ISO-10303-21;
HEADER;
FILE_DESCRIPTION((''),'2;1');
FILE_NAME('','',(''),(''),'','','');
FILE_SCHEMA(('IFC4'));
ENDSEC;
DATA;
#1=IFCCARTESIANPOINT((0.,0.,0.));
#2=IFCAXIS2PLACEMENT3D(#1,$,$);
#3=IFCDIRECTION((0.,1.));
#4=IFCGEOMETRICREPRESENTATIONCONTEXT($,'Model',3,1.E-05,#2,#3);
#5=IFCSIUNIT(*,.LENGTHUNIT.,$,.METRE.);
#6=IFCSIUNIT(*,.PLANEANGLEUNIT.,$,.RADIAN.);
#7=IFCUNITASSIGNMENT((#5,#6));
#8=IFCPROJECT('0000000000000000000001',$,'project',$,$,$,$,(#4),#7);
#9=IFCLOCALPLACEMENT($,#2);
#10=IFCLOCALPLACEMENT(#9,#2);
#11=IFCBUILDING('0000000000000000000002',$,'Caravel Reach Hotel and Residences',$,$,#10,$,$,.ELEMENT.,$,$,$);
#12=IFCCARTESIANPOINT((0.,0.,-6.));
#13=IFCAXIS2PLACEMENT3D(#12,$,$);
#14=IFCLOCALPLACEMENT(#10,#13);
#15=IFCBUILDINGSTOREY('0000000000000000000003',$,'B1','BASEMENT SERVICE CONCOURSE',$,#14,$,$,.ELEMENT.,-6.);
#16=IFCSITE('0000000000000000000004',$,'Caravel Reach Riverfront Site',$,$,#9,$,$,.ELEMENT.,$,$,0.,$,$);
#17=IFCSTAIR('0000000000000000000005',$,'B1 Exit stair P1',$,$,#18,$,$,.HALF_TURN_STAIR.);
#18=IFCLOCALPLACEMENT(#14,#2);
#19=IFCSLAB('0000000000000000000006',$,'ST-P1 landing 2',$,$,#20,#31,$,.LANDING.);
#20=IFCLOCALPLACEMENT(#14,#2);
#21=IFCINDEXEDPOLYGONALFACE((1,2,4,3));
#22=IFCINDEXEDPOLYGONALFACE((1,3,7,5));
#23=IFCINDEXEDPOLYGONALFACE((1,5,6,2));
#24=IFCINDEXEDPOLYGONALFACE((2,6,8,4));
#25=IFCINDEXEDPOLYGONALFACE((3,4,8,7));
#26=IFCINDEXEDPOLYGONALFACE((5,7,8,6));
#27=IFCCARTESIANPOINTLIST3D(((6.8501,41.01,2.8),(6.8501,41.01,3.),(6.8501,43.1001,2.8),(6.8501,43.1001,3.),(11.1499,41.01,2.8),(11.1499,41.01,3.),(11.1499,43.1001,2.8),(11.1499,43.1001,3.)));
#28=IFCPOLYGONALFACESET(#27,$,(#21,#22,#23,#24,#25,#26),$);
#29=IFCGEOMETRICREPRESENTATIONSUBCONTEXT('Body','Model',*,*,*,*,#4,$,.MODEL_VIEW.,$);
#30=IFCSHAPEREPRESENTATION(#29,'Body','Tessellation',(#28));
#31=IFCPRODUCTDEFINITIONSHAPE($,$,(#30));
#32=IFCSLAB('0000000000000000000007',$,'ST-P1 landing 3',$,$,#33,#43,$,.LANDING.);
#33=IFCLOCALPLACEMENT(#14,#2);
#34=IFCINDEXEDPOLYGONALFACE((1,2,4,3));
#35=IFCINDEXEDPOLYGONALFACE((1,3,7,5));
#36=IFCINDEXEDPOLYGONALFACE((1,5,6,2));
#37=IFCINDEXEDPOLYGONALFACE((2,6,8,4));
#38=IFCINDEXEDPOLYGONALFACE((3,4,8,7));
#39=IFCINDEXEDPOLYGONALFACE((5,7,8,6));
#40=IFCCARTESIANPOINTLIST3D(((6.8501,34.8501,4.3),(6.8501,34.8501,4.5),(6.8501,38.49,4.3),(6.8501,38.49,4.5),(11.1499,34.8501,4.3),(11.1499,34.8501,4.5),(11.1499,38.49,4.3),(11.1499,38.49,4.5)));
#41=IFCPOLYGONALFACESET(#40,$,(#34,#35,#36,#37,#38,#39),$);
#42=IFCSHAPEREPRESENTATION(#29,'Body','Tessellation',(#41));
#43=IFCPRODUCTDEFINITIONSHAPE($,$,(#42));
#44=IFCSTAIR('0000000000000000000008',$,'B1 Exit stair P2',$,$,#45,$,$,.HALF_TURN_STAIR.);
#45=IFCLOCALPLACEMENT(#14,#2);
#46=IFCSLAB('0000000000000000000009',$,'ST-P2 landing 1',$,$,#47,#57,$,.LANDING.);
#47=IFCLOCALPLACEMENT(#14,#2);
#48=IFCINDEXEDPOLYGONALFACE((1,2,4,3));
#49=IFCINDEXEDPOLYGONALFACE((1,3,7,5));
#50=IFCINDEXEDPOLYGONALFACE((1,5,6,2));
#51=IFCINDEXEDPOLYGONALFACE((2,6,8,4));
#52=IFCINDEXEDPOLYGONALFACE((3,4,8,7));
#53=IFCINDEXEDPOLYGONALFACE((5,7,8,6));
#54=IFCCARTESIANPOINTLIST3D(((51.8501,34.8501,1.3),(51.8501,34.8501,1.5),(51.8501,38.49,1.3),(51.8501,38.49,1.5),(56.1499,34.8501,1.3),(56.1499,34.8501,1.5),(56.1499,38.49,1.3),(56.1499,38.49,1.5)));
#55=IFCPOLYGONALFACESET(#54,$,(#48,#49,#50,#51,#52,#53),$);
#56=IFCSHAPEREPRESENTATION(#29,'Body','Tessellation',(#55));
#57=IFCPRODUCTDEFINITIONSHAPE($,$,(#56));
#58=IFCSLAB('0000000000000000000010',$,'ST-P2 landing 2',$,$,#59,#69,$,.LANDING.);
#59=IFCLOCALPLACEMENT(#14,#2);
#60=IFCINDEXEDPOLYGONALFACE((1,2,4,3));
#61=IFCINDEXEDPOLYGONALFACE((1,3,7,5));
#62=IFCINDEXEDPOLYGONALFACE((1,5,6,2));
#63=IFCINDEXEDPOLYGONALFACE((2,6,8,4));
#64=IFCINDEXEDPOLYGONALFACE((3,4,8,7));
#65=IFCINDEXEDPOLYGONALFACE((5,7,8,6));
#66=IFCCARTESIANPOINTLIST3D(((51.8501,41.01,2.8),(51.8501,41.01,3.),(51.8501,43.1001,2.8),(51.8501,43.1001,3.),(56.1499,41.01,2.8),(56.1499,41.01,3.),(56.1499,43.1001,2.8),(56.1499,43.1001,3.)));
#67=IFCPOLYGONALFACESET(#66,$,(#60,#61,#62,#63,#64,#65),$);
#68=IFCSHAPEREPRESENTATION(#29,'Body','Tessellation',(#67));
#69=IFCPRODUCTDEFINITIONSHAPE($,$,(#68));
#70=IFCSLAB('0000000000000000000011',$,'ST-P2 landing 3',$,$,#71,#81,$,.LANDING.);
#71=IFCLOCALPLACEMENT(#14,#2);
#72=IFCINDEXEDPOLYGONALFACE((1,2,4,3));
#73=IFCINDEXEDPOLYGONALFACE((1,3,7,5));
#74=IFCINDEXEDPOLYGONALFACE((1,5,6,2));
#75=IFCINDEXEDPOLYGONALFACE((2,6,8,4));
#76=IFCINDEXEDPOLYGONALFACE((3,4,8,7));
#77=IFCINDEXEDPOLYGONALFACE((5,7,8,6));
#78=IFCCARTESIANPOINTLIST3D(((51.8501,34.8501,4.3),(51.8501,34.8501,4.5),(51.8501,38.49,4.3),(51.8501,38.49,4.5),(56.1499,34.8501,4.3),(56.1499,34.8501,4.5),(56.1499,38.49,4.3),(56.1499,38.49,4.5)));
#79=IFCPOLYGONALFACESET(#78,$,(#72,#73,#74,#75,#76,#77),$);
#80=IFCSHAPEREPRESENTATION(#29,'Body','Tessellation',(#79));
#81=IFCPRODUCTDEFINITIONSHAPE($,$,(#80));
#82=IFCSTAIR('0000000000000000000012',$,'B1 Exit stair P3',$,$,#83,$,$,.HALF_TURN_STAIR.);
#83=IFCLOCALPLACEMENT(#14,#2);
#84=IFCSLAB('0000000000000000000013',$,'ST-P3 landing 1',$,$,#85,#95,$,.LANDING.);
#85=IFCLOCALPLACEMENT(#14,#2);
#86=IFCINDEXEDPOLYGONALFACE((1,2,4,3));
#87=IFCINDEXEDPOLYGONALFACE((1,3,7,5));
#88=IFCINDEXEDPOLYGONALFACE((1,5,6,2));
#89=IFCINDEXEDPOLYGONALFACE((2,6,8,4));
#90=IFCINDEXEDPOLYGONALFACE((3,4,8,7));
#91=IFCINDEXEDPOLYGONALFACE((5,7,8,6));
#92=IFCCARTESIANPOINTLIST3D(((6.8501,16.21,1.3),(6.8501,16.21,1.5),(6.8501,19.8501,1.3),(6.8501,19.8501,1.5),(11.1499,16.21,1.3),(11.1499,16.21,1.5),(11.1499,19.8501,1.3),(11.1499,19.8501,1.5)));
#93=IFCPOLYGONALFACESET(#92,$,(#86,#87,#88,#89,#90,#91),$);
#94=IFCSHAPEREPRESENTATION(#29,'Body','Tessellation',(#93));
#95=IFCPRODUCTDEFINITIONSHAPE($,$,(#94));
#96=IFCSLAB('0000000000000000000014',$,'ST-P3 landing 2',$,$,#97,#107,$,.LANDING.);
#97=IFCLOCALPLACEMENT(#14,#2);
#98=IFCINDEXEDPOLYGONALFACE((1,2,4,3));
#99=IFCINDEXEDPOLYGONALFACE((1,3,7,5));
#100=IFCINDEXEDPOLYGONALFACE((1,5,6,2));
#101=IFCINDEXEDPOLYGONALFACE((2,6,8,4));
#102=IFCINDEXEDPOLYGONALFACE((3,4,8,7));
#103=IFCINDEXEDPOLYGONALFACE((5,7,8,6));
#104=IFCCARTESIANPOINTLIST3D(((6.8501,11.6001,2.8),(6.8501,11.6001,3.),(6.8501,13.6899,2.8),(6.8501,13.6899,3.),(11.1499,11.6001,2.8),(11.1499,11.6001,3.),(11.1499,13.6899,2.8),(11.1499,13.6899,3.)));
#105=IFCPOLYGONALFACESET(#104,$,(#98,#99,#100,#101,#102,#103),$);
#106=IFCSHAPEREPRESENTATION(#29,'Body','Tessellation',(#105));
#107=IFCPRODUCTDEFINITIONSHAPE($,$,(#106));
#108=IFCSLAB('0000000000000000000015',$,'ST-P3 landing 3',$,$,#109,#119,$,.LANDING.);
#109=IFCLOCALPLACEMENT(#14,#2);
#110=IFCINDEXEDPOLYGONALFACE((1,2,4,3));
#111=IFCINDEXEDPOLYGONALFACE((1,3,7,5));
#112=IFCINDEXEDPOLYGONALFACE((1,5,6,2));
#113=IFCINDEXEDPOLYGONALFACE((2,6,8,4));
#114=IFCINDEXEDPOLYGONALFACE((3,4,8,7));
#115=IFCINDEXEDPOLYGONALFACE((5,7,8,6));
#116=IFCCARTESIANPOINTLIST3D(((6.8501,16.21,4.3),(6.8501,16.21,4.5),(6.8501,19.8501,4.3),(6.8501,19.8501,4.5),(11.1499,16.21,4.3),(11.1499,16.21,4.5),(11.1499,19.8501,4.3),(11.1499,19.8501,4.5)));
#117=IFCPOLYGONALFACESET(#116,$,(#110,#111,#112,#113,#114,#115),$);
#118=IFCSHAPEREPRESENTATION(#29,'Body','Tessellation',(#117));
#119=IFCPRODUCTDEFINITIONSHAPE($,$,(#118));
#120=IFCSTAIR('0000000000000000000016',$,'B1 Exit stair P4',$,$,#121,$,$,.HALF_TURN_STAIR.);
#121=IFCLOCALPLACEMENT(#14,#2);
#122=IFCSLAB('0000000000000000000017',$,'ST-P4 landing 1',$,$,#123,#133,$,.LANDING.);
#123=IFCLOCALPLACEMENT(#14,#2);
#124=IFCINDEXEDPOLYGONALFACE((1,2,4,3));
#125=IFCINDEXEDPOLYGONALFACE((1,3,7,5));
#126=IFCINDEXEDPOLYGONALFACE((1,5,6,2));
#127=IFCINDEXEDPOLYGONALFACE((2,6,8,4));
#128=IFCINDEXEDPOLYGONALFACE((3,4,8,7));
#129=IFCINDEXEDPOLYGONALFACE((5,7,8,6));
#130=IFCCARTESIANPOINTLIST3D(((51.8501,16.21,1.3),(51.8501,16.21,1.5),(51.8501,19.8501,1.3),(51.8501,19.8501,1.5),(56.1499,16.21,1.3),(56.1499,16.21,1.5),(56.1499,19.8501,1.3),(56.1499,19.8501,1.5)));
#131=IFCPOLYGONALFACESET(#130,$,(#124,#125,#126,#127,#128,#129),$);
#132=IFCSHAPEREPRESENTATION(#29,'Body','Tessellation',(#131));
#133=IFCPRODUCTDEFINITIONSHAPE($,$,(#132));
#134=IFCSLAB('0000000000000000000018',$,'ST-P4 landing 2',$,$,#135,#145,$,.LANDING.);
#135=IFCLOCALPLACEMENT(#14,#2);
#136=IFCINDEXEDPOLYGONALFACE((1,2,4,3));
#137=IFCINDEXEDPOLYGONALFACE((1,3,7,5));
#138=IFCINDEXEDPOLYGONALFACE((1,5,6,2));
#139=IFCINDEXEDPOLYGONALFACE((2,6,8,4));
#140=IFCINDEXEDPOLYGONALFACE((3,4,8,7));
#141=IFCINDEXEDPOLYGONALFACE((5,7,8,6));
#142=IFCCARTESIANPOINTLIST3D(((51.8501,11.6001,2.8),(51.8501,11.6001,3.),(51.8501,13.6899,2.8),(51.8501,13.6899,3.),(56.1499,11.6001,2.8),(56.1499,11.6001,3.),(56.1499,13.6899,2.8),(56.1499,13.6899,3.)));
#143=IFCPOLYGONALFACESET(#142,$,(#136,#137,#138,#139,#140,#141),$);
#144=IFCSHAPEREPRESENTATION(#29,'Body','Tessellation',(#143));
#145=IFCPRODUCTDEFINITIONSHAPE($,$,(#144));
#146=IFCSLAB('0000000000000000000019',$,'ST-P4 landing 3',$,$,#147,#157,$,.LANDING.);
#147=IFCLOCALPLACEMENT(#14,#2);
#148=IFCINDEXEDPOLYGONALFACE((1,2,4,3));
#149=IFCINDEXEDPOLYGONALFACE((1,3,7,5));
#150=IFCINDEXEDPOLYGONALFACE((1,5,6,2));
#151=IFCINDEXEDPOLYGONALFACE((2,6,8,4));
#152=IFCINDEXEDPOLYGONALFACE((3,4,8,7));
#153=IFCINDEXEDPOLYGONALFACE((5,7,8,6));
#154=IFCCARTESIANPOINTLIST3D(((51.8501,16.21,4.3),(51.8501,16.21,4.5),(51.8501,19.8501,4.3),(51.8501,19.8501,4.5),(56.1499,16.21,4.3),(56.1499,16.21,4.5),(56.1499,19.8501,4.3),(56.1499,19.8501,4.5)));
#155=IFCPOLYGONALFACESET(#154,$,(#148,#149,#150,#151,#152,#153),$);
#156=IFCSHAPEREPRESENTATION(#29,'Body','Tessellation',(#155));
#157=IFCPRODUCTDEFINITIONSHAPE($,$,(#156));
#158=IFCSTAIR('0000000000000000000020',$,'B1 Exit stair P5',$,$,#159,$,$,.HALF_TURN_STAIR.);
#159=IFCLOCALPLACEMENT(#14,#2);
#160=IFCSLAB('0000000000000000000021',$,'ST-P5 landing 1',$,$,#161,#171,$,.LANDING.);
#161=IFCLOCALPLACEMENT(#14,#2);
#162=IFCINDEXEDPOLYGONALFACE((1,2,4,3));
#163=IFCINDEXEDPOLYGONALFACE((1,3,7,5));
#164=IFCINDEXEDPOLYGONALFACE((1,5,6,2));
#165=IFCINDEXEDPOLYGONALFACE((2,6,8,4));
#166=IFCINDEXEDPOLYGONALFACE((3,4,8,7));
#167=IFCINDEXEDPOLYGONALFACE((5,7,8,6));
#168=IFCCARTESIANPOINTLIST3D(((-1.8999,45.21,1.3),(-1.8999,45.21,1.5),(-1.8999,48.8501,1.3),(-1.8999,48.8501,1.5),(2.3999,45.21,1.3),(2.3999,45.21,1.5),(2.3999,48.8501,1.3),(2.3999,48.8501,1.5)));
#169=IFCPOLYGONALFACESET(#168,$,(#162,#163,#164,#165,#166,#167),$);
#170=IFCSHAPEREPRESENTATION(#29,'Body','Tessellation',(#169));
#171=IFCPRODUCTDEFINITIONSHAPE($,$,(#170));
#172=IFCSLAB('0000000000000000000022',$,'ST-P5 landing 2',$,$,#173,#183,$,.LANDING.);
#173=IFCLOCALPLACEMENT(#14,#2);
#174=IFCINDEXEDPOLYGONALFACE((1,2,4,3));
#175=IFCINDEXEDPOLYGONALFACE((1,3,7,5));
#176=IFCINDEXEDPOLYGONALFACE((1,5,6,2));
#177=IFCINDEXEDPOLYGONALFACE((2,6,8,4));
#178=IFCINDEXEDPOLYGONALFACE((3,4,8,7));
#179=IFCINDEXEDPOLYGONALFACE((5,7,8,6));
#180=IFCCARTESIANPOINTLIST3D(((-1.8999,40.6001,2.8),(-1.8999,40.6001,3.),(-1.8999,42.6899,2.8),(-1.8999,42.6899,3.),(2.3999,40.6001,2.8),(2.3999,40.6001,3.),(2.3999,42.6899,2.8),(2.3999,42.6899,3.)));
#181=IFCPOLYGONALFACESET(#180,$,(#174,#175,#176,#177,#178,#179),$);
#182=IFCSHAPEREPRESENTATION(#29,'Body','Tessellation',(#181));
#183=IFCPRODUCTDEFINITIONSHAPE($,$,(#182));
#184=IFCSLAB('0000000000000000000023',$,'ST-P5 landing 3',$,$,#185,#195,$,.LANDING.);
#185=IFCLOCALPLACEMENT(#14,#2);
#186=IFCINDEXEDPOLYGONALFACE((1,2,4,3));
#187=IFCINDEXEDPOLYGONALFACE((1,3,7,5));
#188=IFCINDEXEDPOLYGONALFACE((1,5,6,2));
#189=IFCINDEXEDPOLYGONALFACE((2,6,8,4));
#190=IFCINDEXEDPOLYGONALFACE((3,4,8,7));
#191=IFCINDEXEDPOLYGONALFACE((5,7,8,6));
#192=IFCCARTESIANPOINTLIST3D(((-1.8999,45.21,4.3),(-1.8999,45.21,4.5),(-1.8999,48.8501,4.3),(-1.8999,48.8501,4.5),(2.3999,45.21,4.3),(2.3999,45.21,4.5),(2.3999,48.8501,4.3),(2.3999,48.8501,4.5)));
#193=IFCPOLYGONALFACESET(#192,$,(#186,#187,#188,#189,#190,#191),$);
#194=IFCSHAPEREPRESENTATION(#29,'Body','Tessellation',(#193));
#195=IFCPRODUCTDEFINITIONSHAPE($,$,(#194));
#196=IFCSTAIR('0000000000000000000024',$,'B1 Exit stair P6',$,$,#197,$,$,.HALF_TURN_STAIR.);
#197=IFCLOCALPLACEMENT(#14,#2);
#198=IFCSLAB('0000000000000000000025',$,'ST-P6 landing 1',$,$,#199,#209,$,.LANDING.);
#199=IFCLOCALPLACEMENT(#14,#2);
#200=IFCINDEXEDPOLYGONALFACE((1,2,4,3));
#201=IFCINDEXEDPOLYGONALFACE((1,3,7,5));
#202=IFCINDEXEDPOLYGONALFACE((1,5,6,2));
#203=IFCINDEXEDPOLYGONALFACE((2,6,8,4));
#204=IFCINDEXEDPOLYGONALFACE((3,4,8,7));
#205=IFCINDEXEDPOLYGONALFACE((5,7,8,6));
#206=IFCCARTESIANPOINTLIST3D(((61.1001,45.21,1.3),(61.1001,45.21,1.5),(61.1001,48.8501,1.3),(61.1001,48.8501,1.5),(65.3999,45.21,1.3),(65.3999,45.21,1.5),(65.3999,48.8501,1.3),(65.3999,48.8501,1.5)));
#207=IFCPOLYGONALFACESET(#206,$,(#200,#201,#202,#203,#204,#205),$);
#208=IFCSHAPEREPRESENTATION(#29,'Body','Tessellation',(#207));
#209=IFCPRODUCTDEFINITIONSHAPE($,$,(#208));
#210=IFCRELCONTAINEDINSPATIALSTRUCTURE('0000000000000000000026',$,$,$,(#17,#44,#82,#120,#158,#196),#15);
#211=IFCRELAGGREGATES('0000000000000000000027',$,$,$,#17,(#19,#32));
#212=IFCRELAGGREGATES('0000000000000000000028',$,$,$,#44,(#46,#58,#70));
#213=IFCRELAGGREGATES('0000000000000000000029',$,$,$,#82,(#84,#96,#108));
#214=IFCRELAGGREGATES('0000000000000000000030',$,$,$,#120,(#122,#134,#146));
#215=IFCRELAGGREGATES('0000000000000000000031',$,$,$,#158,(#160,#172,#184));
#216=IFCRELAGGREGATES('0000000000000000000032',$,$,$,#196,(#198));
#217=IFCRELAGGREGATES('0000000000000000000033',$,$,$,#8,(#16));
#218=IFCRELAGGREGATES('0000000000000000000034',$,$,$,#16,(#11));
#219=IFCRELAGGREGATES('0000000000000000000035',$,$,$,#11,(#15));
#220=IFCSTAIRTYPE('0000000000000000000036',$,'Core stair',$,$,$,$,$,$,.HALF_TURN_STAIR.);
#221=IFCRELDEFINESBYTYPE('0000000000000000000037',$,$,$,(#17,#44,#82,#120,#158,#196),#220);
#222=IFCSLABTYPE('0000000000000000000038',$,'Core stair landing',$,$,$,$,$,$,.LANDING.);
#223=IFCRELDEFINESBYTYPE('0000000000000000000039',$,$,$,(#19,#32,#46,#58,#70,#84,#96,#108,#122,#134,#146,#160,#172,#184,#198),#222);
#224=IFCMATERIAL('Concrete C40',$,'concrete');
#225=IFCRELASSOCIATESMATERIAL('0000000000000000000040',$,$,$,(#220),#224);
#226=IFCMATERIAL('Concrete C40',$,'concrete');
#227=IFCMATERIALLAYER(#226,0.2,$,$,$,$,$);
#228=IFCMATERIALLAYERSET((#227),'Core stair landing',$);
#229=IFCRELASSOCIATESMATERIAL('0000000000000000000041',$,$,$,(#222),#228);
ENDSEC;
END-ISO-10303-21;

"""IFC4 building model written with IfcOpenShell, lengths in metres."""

from ifc_helpers import new_model, si_unit, direction, frame, origin, place, context, subcontext, project, spatial, polyline, outline, extrude, material, layer, layer_set, type_object, element, aggregate, save


model = new_model("IFC4")

# Units and contexts
model_context = context("Model", 3, precision=1e-05, world=origin(), true_north=direction((0.0, 1.0)))
body_context = subcontext(model_context, "Body", "Model", "MODEL_VIEW")
ifc_project = project(units=[si_unit("LENGTHUNIT", "METRE"), si_unit("PLANEANGLEUNIT", "RADIAN")], contexts=[model_context])

# Site, building, storey
site_placement = place(None, origin())
site = spatial("IfcSite", under=ifc_project, at=site_placement, Name="Caravel Reach Riverfront Site", CompositionType="ELEMENT", RefElevation=0.0)
building_placement = place(site_placement, origin())
building = spatial("IfcBuilding", under=site, at=building_placement, Name="Caravel Reach Hotel and Residences", CompositionType="ELEMENT")
storey_placement = place(building_placement, frame((0.0, 0.0, -6.0)))
storey = spatial("IfcBuildingStorey", under=building, at=storey_placement, Name="B1", Description="BASEMENT SERVICE CONCOURSE", CompositionType="ELEMENT", Elevation=-6.0)

# Stairs, slabs
ifc_material_1 = material(Name="Concrete C40", Category="concrete")
stair_type = type_object("IfcStairType", Name="Core stair", PredefinedType="HALF_TURN_STAIR", material=ifc_material_1)
ifc_material_2 = material(Name="Concrete C40", Category="concrete")
ifc_layer_1 = layer(ifc_material_2, 0.2)
ifc_layer_set_1 = layer_set([ifc_layer_1], Name="Core stair landing")
slab_type_1 = type_object("IfcSlabType", Name="Core stair landing", PredefinedType="LANDING", material=ifc_layer_set_1)
stair_1_placement = place(storey_placement, origin())
stair_1 = element("IfcStair", 1, at=stair_1_placement, inside=storey, type_object=stair_type, Name="B1 Exit stair P1", PredefinedType="HALF_TURN_STAIR")
slab_1_placement = place(storey_placement, frame((0.0, 0.0, 2.8)))
slab_1 = element("IfcSlab", 2, at=slab_1_placement, type_object=slab_type_1, Name="ST-P1 landing 2", PredefinedType="LANDING", context=body_context, shape_type="SweptSolid", body=[
    extrude(outline(polyline([(6.8501, 43.1001), (6.8501, 41.01), (11.1499, 41.01), (11.1499, 43.1001), (6.8501, 43.1001)])), origin(), (0.0, 0.0, 1.0), 0.2),
])
slab_2_placement = place(storey_placement, frame((0.0, 0.0, 4.3)))
slab_2 = element("IfcSlab", 3, at=slab_2_placement, type_object=slab_type_1, Name="ST-P1 landing 3", PredefinedType="LANDING", context=body_context, shape_type="SweptSolid", body=[
    extrude(outline(polyline([(6.8501, 38.49), (6.8501, 34.8501), (11.1499, 34.8501), (11.1499, 38.49), (6.8501, 38.49)])), origin(), (0.0, 0.0, 1.0), 0.2),
])
aggregate(stair_1, [slab_1, slab_2])
stair_2_placement = place(storey_placement, origin())
stair_2 = element("IfcStair", 4, at=stair_2_placement, inside=storey, type_object=stair_type, Name="B1 Exit stair P2", PredefinedType="HALF_TURN_STAIR")
slab_3_placement = place(storey_placement, frame((0.0, 0.0, 1.3)))
slab_3 = element("IfcSlab", 5, at=slab_3_placement, type_object=slab_type_1, Name="ST-P2 landing 1", PredefinedType="LANDING", context=body_context, shape_type="SweptSolid", body=[
    extrude(outline(polyline([(51.8501, 38.49), (51.8501, 34.8501), (56.1499, 34.8501), (56.1499, 38.49), (51.8501, 38.49)])), origin(), (0.0, 0.0, 1.0), 0.2),
])
slab_4_placement = place(storey_placement, frame((0.0, 0.0, 2.8)))
slab_4 = element("IfcSlab", 6, at=slab_4_placement, type_object=slab_type_1, Name="ST-P2 landing 2", PredefinedType="LANDING", context=body_context, shape_type="SweptSolid", body=[
    extrude(outline(polyline([(51.8501, 43.1001), (51.8501, 41.01), (56.1499, 41.01), (56.1499, 43.1001), (51.8501, 43.1001)])), origin(), (0.0, 0.0, 1.0), 0.2),
])
slab_5_placement = place(storey_placement, frame((0.0, 0.0, 4.3)))
slab_5 = element("IfcSlab", 7, at=slab_5_placement, type_object=slab_type_1, Name="ST-P2 landing 3", PredefinedType="LANDING", context=body_context, shape_type="SweptSolid", body=[
    extrude(outline(polyline([(51.8501, 38.49), (51.8501, 34.8501), (56.1499, 34.8501), (56.1499, 38.49), (51.8501, 38.49)])), origin(), (0.0, 0.0, 1.0), 0.2),
])
aggregate(stair_2, [slab_3, slab_4, slab_5])
stair_3_placement = place(storey_placement, origin())
stair_3 = element("IfcStair", 8, at=stair_3_placement, inside=storey, type_object=stair_type, Name="B1 Exit stair P3", PredefinedType="HALF_TURN_STAIR")
slab_6_placement = place(storey_placement, frame((0.0, 0.0, 1.3)))
slab_6 = element("IfcSlab", 9, at=slab_6_placement, type_object=slab_type_1, Name="ST-P3 landing 1", PredefinedType="LANDING", context=body_context, shape_type="SweptSolid", body=[
    extrude(outline(polyline([(11.1499, 16.21), (11.1499, 19.8501), (6.8501, 19.8501), (6.8501, 16.21), (11.1499, 16.21)])), origin(), (0.0, 0.0, 1.0), 0.2),
])
slab_7_placement = place(storey_placement, frame((0.0, 0.0, 2.8)))
slab_7 = element("IfcSlab", 10, at=slab_7_placement, type_object=slab_type_1, Name="ST-P3 landing 2", PredefinedType="LANDING", context=body_context, shape_type="SweptSolid", body=[
    extrude(outline(polyline([(11.1499, 11.6001), (11.1499, 13.6899), (6.8501, 13.6899), (6.8501, 11.6001), (11.1499, 11.6001)])), origin(), (0.0, 0.0, 1.0), 0.2),
])
slab_8_placement = place(storey_placement, frame((0.0, 0.0, 4.3)))
slab_8 = element("IfcSlab", 11, at=slab_8_placement, type_object=slab_type_1, Name="ST-P3 landing 3", PredefinedType="LANDING", context=body_context, shape_type="SweptSolid", body=[
    extrude(outline(polyline([(11.1499, 16.21), (11.1499, 19.8501), (6.8501, 19.8501), (6.8501, 16.21), (11.1499, 16.21)])), origin(), (0.0, 0.0, 1.0), 0.2),
])
aggregate(stair_3, [slab_6, slab_7, slab_8])
stair_4_placement = place(storey_placement, origin())
stair_4 = element("IfcStair", 12, at=stair_4_placement, inside=storey, type_object=stair_type, Name="B1 Exit stair P4", PredefinedType="HALF_TURN_STAIR")
slab_9_placement = place(storey_placement, frame((0.0, 0.0, 1.3)))
slab_9 = element("IfcSlab", 13, at=slab_9_placement, type_object=slab_type_1, Name="ST-P4 landing 1", PredefinedType="LANDING", context=body_context, shape_type="SweptSolid", body=[
    extrude(outline(polyline([(56.1499, 16.21), (56.1499, 19.8501), (51.8501, 19.8501), (51.8501, 16.21), (56.1499, 16.21)])), origin(), (0.0, 0.0, 1.0), 0.2),
])
slab_10_placement = place(storey_placement, frame((0.0, 0.0, 2.8)))
slab_10 = element("IfcSlab", 14, at=slab_10_placement, type_object=slab_type_1, Name="ST-P4 landing 2", PredefinedType="LANDING", context=body_context, shape_type="SweptSolid", body=[
    extrude(outline(polyline([(56.1499, 11.6001), (56.1499, 13.6899), (51.8501, 13.6899), (51.8501, 11.6001), (56.1499, 11.6001)])), origin(), (0.0, 0.0, 1.0), 0.2),
])
slab_11_placement = place(storey_placement, frame((0.0, 0.0, 4.3)))
slab_11 = element("IfcSlab", 15, at=slab_11_placement, type_object=slab_type_1, Name="ST-P4 landing 3", PredefinedType="LANDING", context=body_context, shape_type="SweptSolid", body=[
    extrude(outline(polyline([(56.1499, 16.21), (56.1499, 19.8501), (51.8501, 19.8501), (51.8501, 16.21), (56.1499, 16.21)])), origin(), (0.0, 0.0, 1.0), 0.2),
])
aggregate(stair_4, [slab_9, slab_10, slab_11])
stair_5_placement = place(storey_placement, origin())
stair_5 = element("IfcStair", 16, at=stair_5_placement, inside=storey, type_object=stair_type, Name="B1 Exit stair P5", PredefinedType="HALF_TURN_STAIR")
slab_12_placement = place(storey_placement, frame((0.0, 0.0, 1.3)))
slab_12 = element("IfcSlab", 17, at=slab_12_placement, type_object=slab_type_1, Name="ST-P5 landing 1", PredefinedType="LANDING", context=body_context, shape_type="SweptSolid", body=[
    extrude(outline(polyline([(2.3999, 45.21), (2.3999, 48.8501), (-1.8999, 48.8501), (-1.8999, 45.21), (2.3999, 45.21)])), origin(), (0.0, 0.0, 1.0), 0.2),
])
slab_13_placement = place(storey_placement, frame((0.0, 0.0, 2.8)))
slab_13 = element("IfcSlab", 18, at=slab_13_placement, type_object=slab_type_1, Name="ST-P5 landing 2", PredefinedType="LANDING", context=body_context, shape_type="SweptSolid", body=[
    extrude(outline(polyline([(2.3999, 40.6001), (2.3999, 42.6899), (-1.8999, 42.6899), (-1.8999, 40.6001), (2.3999, 40.6001)])), origin(), (0.0, 0.0, 1.0), 0.2),
])
slab_14_placement = place(storey_placement, frame((0.0, 0.0, 4.3)))
slab_14 = element("IfcSlab", 19, at=slab_14_placement, type_object=slab_type_1, Name="ST-P5 landing 3", PredefinedType="LANDING", context=body_context, shape_type="SweptSolid", body=[
    extrude(outline(polyline([(2.3999, 45.21), (2.3999, 48.8501), (-1.8999, 48.8501), (-1.8999, 45.21), (2.3999, 45.21)])), origin(), (0.0, 0.0, 1.0), 0.2),
])
aggregate(stair_5, [slab_12, slab_13, slab_14])
stair_6_placement = place(storey_placement, origin())
stair_6 = element("IfcStair", 20, at=stair_6_placement, inside=storey, type_object=stair_type, Name="B1 Exit stair P6", PredefinedType="HALF_TURN_STAIR")
slab_15_placement = place(storey_placement, frame((0.0, 0.0, 1.3)))
slab_15 = element("IfcSlab", 21, at=slab_15_placement, type_object=slab_type_1, Name="ST-P6 landing 1", PredefinedType="LANDING", context=body_context, shape_type="SweptSolid", body=[
    extrude(outline(polyline([(65.3999, 45.21), (65.3999, 48.8501), (61.1001, 48.8501), (61.1001, 45.21), (65.3999, 45.21)])), origin(), (0.0, 0.0, 1.0), 0.2),
])
aggregate(stair_6, [slab_15])

save(model, "model.ifc")
